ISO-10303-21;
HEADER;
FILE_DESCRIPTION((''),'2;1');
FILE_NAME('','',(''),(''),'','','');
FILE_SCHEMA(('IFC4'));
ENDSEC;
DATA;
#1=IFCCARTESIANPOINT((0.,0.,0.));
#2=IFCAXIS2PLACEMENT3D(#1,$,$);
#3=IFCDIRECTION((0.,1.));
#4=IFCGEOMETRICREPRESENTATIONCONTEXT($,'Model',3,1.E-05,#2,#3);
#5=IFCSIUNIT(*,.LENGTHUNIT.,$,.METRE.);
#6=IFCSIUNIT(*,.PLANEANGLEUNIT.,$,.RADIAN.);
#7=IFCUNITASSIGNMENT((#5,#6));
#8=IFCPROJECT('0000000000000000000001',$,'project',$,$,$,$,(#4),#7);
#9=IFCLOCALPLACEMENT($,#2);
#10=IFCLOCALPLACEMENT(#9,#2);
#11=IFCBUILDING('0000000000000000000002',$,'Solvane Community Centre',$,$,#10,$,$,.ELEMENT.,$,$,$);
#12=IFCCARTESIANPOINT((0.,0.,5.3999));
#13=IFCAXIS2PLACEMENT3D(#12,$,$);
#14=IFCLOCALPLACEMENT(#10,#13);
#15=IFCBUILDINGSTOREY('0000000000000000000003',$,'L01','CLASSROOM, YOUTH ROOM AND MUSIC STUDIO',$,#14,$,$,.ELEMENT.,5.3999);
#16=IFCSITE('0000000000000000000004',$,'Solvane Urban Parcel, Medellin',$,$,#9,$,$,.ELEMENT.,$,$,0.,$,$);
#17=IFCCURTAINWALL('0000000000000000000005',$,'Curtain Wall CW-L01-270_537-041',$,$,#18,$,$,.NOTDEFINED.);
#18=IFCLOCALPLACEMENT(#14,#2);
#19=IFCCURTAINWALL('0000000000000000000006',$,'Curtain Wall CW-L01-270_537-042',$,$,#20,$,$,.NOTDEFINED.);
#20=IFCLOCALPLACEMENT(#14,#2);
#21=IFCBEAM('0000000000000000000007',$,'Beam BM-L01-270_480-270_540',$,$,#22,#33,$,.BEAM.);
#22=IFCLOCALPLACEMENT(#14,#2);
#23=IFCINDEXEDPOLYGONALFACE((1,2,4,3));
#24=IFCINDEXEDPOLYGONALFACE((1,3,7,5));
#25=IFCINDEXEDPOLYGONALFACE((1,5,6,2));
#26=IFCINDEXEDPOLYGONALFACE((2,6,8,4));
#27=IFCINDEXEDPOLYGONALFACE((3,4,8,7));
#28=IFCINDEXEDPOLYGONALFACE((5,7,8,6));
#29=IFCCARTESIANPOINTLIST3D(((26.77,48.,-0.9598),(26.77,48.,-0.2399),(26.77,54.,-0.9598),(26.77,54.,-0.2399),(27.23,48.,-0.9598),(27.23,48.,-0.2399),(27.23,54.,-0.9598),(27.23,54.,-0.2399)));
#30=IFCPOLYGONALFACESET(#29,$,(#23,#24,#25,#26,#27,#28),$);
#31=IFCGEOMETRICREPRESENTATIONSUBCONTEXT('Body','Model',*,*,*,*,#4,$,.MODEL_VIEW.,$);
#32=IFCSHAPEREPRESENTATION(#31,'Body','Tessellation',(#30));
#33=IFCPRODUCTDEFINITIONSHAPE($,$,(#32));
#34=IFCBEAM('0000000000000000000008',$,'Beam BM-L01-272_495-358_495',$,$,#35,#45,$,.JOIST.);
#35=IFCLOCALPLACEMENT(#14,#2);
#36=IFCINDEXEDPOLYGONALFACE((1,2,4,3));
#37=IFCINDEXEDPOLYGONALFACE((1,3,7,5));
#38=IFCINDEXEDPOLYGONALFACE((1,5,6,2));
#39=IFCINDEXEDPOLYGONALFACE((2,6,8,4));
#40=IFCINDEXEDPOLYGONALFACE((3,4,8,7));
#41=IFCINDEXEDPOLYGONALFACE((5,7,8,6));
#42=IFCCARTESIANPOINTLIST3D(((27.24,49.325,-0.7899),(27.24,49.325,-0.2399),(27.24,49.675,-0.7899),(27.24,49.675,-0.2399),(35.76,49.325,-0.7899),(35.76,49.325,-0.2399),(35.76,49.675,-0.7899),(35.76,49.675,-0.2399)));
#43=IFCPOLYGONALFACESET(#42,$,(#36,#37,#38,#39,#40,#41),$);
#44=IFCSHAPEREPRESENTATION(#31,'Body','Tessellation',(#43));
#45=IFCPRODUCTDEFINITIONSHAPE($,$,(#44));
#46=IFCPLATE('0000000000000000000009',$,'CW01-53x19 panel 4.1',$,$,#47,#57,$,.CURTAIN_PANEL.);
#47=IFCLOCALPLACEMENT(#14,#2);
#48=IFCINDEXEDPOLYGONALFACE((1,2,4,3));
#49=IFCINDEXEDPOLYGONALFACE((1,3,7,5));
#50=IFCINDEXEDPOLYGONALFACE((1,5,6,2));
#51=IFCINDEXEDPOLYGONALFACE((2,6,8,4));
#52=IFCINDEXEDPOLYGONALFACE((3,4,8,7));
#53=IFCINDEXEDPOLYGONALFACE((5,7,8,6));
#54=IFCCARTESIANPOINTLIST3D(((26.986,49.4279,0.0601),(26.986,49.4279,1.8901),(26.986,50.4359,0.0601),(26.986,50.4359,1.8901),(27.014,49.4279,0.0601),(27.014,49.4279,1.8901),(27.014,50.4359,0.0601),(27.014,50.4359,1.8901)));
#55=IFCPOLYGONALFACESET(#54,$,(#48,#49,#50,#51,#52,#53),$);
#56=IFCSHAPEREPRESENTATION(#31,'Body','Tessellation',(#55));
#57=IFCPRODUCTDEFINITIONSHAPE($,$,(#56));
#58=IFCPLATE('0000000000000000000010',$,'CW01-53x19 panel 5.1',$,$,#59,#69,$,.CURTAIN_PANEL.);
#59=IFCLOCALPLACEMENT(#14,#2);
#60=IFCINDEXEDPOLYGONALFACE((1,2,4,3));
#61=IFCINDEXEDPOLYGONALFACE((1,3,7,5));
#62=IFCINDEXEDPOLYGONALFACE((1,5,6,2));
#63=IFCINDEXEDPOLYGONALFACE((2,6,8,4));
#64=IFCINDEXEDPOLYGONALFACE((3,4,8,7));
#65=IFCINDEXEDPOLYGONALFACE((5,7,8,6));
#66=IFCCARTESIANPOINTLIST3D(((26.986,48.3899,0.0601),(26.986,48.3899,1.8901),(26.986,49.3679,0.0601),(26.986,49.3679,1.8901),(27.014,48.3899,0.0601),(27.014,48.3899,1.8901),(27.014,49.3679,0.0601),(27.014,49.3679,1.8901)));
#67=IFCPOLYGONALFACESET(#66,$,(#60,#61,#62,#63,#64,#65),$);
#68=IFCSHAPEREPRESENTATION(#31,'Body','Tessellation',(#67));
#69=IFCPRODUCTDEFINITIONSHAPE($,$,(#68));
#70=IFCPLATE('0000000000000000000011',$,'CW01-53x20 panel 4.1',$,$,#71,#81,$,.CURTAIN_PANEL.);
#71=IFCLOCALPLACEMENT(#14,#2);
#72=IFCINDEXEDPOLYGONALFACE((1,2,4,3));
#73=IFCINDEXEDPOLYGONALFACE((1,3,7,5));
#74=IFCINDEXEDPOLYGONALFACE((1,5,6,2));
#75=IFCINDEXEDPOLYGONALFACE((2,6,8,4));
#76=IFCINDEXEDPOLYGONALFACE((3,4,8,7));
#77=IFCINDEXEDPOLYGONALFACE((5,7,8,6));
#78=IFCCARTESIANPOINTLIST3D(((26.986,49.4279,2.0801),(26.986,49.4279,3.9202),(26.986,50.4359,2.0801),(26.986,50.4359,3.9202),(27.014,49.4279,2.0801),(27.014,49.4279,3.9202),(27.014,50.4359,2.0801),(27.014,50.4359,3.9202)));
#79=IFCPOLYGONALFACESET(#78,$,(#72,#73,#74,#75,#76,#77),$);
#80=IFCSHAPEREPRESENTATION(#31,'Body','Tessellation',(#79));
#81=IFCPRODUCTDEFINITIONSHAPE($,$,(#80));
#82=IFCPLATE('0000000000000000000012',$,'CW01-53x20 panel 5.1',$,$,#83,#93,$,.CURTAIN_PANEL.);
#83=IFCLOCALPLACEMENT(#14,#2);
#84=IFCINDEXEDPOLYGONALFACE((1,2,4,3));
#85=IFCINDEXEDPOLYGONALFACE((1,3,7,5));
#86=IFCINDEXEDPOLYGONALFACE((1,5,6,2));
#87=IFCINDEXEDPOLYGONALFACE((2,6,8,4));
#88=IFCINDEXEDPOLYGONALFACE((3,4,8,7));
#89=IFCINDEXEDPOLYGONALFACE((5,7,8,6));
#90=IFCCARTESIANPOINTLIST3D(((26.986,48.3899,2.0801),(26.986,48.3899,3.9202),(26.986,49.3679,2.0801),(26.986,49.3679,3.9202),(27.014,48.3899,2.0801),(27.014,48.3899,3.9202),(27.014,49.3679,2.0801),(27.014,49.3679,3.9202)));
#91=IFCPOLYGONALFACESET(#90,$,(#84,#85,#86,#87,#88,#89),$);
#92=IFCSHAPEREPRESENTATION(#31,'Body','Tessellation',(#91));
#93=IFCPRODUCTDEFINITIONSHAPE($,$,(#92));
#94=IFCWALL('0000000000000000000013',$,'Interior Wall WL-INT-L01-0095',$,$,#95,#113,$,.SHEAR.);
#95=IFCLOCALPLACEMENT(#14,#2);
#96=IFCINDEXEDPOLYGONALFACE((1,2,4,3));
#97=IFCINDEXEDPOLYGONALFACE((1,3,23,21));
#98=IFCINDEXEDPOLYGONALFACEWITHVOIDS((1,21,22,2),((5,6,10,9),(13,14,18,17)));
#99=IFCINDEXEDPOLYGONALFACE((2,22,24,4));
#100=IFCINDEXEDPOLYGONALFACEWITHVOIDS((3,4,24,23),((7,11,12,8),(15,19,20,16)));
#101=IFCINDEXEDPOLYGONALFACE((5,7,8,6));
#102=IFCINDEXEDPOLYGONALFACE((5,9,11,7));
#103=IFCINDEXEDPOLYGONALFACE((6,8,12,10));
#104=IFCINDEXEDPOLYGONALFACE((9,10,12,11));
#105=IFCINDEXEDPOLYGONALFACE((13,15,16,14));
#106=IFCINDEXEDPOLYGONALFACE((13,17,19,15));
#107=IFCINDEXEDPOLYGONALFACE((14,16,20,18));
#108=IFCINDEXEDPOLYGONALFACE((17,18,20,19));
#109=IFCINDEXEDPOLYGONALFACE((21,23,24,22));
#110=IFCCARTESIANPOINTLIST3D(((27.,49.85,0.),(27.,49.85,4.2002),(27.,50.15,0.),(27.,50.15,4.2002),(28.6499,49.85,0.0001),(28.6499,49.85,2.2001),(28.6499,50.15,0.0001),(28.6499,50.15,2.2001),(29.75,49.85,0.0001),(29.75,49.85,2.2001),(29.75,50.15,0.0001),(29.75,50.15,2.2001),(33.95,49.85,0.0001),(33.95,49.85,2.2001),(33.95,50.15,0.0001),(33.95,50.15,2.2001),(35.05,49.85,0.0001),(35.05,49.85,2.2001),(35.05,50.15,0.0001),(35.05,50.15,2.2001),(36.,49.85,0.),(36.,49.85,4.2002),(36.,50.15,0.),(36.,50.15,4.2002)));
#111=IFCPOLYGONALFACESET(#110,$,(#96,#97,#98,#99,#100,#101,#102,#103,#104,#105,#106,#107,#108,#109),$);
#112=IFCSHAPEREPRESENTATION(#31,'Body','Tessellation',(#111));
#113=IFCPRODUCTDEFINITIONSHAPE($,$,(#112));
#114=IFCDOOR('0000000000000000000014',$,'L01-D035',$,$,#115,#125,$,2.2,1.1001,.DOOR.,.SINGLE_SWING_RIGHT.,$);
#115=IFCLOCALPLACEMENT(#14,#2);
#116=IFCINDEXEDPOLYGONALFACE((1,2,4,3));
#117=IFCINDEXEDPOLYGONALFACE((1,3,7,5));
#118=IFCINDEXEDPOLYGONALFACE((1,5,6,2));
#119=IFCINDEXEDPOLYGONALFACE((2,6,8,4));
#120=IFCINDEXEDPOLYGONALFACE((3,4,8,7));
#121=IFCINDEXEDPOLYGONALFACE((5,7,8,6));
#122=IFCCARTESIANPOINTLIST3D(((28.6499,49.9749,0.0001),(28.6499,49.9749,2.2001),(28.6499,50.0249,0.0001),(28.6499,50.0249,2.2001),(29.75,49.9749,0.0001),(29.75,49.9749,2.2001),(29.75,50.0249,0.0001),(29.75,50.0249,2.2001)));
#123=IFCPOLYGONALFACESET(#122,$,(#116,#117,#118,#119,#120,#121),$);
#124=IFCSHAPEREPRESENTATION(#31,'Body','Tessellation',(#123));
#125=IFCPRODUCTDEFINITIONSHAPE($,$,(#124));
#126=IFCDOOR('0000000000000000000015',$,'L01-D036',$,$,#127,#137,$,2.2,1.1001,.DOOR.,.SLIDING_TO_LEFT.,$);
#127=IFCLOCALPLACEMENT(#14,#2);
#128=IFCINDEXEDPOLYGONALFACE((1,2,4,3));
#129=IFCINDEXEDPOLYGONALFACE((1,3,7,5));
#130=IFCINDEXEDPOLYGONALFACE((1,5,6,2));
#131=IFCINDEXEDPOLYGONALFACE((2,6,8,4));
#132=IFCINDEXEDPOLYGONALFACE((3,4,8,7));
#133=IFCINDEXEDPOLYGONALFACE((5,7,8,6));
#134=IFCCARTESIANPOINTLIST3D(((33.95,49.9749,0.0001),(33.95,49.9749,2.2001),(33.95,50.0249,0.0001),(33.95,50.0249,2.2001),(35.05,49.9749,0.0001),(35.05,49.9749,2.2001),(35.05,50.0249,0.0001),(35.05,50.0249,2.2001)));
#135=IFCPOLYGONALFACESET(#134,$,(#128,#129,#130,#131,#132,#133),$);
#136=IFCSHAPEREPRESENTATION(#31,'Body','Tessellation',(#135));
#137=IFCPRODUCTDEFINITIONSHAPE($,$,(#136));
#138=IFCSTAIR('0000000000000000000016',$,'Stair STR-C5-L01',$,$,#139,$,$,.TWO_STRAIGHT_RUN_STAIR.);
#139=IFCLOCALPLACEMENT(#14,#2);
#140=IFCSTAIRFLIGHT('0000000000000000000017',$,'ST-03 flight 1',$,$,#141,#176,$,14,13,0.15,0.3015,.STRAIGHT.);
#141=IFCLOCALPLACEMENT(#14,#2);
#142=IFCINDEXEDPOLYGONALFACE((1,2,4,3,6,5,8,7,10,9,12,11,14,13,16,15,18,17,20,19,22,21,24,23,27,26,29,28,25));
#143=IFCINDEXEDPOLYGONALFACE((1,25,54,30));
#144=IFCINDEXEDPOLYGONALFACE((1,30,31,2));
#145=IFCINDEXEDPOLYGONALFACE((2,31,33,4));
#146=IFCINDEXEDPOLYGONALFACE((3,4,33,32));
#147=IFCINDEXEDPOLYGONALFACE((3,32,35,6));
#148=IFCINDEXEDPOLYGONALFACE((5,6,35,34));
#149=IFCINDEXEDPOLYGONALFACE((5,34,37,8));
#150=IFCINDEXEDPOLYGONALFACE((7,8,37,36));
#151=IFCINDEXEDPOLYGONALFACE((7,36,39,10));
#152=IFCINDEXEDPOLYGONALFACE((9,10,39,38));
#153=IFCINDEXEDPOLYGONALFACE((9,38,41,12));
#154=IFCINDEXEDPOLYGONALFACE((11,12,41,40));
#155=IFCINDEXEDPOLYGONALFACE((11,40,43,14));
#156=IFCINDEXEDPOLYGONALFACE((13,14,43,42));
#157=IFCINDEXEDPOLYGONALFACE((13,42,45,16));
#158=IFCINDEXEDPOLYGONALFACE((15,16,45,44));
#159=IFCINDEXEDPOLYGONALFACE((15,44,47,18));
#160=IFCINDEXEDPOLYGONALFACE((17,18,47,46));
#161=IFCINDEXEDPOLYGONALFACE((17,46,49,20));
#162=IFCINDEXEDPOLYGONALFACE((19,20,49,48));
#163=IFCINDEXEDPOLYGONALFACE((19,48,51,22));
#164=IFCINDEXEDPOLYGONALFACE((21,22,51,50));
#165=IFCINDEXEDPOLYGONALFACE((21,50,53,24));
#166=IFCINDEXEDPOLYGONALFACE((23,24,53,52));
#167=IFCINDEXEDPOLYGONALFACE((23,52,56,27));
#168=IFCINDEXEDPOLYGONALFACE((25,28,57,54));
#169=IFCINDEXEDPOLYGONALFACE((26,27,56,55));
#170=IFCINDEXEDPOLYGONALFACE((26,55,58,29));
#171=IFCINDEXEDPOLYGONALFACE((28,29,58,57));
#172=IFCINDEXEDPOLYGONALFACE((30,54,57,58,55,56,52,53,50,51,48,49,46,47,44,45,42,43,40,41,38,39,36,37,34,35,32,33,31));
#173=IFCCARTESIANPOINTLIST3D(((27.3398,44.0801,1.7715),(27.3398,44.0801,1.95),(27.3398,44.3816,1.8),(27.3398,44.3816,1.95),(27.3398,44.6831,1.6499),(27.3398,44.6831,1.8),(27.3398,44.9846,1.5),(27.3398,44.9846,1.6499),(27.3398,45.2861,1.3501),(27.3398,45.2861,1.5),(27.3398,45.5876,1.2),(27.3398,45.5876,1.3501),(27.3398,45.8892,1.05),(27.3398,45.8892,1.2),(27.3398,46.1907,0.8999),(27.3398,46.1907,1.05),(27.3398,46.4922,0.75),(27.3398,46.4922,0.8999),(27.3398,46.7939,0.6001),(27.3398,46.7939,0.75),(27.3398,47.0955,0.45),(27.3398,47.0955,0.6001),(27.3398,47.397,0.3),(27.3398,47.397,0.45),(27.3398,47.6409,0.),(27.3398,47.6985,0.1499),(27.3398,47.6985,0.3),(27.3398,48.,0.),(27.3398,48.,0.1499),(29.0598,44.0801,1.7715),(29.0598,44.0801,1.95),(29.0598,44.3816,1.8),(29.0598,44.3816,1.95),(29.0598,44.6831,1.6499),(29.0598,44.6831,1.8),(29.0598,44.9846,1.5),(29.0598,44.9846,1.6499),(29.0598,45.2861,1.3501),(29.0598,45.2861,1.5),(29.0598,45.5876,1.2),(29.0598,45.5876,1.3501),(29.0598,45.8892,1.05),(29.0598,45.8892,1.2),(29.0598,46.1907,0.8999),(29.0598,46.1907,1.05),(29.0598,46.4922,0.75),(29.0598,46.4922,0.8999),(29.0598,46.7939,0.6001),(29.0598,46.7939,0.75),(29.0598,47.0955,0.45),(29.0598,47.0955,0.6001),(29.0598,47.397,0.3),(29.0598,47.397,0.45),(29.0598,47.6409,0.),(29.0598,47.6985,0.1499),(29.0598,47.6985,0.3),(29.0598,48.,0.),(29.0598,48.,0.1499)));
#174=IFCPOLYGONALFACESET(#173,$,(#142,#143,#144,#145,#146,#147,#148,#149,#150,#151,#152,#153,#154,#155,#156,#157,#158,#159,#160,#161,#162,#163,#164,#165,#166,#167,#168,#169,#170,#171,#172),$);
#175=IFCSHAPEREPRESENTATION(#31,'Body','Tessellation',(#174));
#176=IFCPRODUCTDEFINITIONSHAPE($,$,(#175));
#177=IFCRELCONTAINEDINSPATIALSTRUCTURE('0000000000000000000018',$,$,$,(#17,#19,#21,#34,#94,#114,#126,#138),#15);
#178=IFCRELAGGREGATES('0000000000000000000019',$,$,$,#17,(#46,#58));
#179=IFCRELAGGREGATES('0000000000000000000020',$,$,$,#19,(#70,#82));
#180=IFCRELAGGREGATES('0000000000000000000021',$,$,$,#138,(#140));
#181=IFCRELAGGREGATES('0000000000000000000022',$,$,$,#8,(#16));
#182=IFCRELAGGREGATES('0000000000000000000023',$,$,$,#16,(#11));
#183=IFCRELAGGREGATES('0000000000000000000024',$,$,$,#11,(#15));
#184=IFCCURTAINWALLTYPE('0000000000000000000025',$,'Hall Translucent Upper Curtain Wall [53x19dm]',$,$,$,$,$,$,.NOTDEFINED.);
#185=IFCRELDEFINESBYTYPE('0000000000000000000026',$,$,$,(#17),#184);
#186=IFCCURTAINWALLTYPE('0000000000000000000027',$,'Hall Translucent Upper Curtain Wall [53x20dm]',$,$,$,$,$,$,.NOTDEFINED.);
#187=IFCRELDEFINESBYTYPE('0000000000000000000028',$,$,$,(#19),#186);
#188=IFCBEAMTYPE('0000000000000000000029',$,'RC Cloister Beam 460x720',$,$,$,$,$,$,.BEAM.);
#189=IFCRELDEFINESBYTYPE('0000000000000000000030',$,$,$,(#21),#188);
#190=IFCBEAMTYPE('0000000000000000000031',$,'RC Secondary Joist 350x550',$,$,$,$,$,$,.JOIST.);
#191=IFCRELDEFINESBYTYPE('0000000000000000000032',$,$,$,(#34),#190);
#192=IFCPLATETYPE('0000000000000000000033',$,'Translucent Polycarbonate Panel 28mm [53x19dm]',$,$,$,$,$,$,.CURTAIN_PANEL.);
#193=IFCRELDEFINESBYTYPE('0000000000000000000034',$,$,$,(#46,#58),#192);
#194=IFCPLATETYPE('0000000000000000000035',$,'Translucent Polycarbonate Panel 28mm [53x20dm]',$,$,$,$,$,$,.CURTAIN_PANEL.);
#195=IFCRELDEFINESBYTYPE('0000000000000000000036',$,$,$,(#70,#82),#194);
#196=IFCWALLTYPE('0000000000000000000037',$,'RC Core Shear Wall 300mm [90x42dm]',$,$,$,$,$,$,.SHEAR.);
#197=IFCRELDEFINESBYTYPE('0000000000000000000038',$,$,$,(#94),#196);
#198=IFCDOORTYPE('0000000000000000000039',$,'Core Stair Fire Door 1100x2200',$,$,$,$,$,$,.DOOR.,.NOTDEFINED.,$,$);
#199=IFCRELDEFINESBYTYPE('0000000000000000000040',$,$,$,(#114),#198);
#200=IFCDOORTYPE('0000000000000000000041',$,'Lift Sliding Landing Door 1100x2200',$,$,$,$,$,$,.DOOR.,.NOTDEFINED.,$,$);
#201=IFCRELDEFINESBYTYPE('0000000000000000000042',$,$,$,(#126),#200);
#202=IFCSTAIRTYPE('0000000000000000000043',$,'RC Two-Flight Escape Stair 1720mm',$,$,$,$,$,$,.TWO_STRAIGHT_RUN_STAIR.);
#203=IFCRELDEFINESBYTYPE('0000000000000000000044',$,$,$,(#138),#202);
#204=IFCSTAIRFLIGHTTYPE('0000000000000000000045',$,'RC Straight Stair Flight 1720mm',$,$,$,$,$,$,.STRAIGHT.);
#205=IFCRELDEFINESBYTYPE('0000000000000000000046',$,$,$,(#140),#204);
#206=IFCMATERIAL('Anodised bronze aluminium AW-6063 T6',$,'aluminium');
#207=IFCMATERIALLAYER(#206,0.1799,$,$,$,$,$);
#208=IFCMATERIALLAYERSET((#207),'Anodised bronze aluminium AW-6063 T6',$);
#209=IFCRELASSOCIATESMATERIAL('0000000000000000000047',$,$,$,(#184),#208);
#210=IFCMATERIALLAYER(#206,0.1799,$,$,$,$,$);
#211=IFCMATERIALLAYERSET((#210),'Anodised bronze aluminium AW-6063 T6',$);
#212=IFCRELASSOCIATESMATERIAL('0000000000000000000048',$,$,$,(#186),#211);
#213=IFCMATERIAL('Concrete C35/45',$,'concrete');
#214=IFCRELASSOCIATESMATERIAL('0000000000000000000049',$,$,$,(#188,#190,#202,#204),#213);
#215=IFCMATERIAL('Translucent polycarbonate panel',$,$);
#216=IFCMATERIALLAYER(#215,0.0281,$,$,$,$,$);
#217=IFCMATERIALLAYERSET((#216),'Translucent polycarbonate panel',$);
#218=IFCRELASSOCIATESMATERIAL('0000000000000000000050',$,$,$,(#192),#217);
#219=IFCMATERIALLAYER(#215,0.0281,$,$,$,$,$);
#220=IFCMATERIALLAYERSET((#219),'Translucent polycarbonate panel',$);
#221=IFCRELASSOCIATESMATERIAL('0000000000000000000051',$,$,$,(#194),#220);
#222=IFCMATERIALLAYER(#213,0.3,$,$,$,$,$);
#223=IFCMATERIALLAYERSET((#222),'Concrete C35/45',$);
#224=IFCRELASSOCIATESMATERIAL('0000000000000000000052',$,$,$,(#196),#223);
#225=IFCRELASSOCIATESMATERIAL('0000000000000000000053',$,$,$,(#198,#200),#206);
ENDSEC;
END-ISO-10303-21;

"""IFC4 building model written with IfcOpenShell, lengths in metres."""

from ifc_helpers import new_model, si_unit, direction, frame, frame_2d, origin, origin_2d, place, context, subcontext, project, spatial, polyline, rectangle, outline, extrude, material, layer, layer_set, material_profile, profile_set, type_object, element, fill, aggregate, save


model = new_model("IFC4")

# Units and contexts
model_context = context("Model", 3, precision=1e-05, world=origin(), true_north=direction((0.0, 1.0)))
body_context = subcontext(model_context, "Body", "Model", "MODEL_VIEW")
ifc_project = project(units=[si_unit("LENGTHUNIT", "METRE"), si_unit("PLANEANGLEUNIT", "RADIAN")], contexts=[model_context])

# Site, building, storey
site_placement = place(None, origin())
site = spatial("IfcSite", under=ifc_project, at=site_placement, Name="Solvane Urban Parcel, Medellin", CompositionType="ELEMENT", RefElevation=0.0)
building_placement = place(site_placement, origin())
building = spatial("IfcBuilding", under=site, at=building_placement, Name="Solvane Community Centre", CompositionType="ELEMENT")
storey_placement = place(building_placement, frame((0.0, 0.0, 5.3999)))
storey = spatial("IfcBuildingStorey", under=building, at=storey_placement, Name="L01", Description="CLASSROOM, YOUTH ROOM AND MUSIC STUDIO", CompositionType="ELEMENT", Elevation=5.3999)

# Curtain walls
ifc_material_1 = material(Name="Anodised bronze aluminium AW-6063 T6", Category="aluminium")
ifc_layer_1 = layer(ifc_material_1, 0.1799)
ifc_layer_set_1 = layer_set([ifc_layer_1], Name="Anodised bronze aluminium AW-6063 T6")
curtain_wall_type_1 = type_object("IfcCurtainWallType", Name="Hall Translucent Upper Curtain Wall [53x19dm]", PredefinedType="NOTDEFINED", material=ifc_layer_set_1)
curtain_wall_1_placement = place(storey_placement, origin())
curtain_wall_1 = element("IfcCurtainWall", 1, at=curtain_wall_1_placement, inside=storey, type_object=curtain_wall_type_1, Name="Curtain Wall CW-L01-270_537-041", PredefinedType="NOTDEFINED")
ifc_layer_2 = layer(ifc_material_1, 0.1799)
ifc_layer_set_2 = layer_set([ifc_layer_2], Name="Anodised bronze aluminium AW-6063 T6")
curtain_wall_type_2 = type_object("IfcCurtainWallType", Name="Hall Translucent Upper Curtain Wall [53x20dm]", PredefinedType="NOTDEFINED", material=ifc_layer_set_2)
curtain_wall_2_placement = place(storey_placement, origin())
curtain_wall_2 = element("IfcCurtainWall", 2, at=curtain_wall_2_placement, inside=storey, type_object=curtain_wall_type_2, Name="Curtain Wall CW-L01-270_537-042", PredefinedType="NOTDEFINED")

# Beams
ifc_material_2 = material(Name="Concrete C35/45", Category="concrete")
ifc_material_profile_1 = material_profile(ifc_material_2, rectangle(XDim=0.46, YDim=0.72, at=origin_2d()), Name="RC 460x720")
ifc_profile_set_1 = profile_set([ifc_material_profile_1], Name="Concrete C35/45")
beam_type_1 = type_object("IfcBeamType", Name="RC Cloister Beam 460x720", PredefinedType="BEAM", material=ifc_profile_set_1)
beam_1_placement = place(storey_placement, frame((27.0, 48.0, -0.5999), z_axis=(0.0, 1.0, 0.0), x_axis=(-1.0, 0.0, 0.0)))
element("IfcBeam", 3, at=beam_1_placement, inside=storey, type_object=beam_type_1, Name="Beam BM-L01-270_480-270_540", PredefinedType="BEAM", context=body_context, shape_type="SweptSolid", body=[
    extrude(rectangle(XDim=0.46, YDim=0.72, at=origin_2d()), origin(), (0.0, 0.0, 1.0), 6.0),
])
ifc_material_profile_2 = material_profile(ifc_material_2, rectangle(XDim=0.3501, YDim=0.55, at=origin_2d()), Name="RC 350x550")
ifc_profile_set_2 = profile_set([ifc_material_profile_2], Name="Concrete C35/45")
beam_type_2 = type_object("IfcBeamType", Name="RC Secondary Joist 350x550", PredefinedType="JOIST", material=ifc_profile_set_2)
beam_2_placement = place(storey_placement, frame((27.24, 49.5, -0.5149), z_axis=(1.0, 0.0, 0.0), x_axis=(0.0, 1.0, 0.0)))
element("IfcBeam", 4, at=beam_2_placement, inside=storey, type_object=beam_type_2, Name="Beam BM-L01-272_495-358_495", PredefinedType="JOIST", context=body_context, shape_type="SweptSolid", body=[
    extrude(rectangle(XDim=0.3501, YDim=0.55, at=origin_2d()), origin(), (0.0, 0.0, 1.0), 8.52),
])

# Plates
ifc_material_3 = material(Name="Translucent polycarbonate panel")
ifc_layer_3 = layer(ifc_material_3, 0.0281)
ifc_layer_set_3 = layer_set([ifc_layer_3], Name="Translucent polycarbonate panel")
plate_type_1 = type_object("IfcPlateType", Name="Translucent Polycarbonate Panel 28mm [53x19dm]", PredefinedType="CURTAIN_PANEL", material=ifc_layer_set_3)
plate_1_placement = place(storey_placement, frame((27.0, 49.9319, 0.0601), z_axis=(0.0, 0.0, 1.0), x_axis=(0.0, -1.0, 0.0)))
plate_1 = element("IfcPlate", 5, at=plate_1_placement, type_object=plate_type_1, Name="CW01-53x19 panel 4.1", PredefinedType="CURTAIN_PANEL", context=body_context, shape_type="SweptSolid", body=[
    extrude(rectangle(XDim=1.0081, YDim=0.0281, at=origin_2d()), origin(), (0.0, 0.0, 1.0), 1.8301),
])
plate_2_placement = place(storey_placement, frame((27.0, 48.8789, 0.0601), z_axis=(0.0, 0.0, 1.0), x_axis=(0.0, -1.0, 0.0)))
plate_2 = element("IfcPlate", 6, at=plate_2_placement, type_object=plate_type_1, Name="CW01-53x19 panel 5.1", PredefinedType="CURTAIN_PANEL", context=body_context, shape_type="SweptSolid", body=[
    extrude(rectangle(XDim=0.978, YDim=0.0281, at=origin_2d()), origin(), (0.0, 0.0, 1.0), 1.8301),
])
aggregate(curtain_wall_1, [plate_1, plate_2])
ifc_layer_4 = layer(ifc_material_3, 0.0281)
ifc_layer_set_4 = layer_set([ifc_layer_4], Name="Translucent polycarbonate panel")
plate_type_2 = type_object("IfcPlateType", Name="Translucent Polycarbonate Panel 28mm [53x20dm]", PredefinedType="CURTAIN_PANEL", material=ifc_layer_set_4)
plate_3_placement = place(storey_placement, frame((27.0, 49.9319, 2.0801), z_axis=(0.0, 0.0, 1.0), x_axis=(0.0, -1.0, 0.0)))
plate_3 = element("IfcPlate", 7, at=plate_3_placement, type_object=plate_type_2, Name="CW01-53x20 panel 4.1", PredefinedType="CURTAIN_PANEL", context=body_context, shape_type="SweptSolid", body=[
    extrude(rectangle(XDim=1.0081, YDim=0.0281, at=origin_2d()), origin(), (0.0, 0.0, 1.0), 1.8401),
])
plate_4_placement = place(storey_placement, frame((27.0, 48.8789, 2.0801), z_axis=(0.0, 0.0, 1.0), x_axis=(0.0, -1.0, 0.0)))
plate_4 = element("IfcPlate", 8, at=plate_4_placement, type_object=plate_type_2, Name="CW01-53x20 panel 5.1", PredefinedType="CURTAIN_PANEL", context=body_context, shape_type="SweptSolid", body=[
    extrude(rectangle(XDim=0.978, YDim=0.0281, at=origin_2d()), origin(), (0.0, 0.0, 1.0), 1.8401),
])
aggregate(curtain_wall_2, [plate_3, plate_4])

# Wall, openings, doors
ifc_layer_5 = layer(ifc_material_2, 0.3)
ifc_layer_set_5 = layer_set([ifc_layer_5], Name="Concrete C35/45")
wall_type = type_object("IfcWallType", Name="RC Core Shear Wall 300mm [90x42dm]", PredefinedType="SHEAR", material=ifc_layer_set_5)
wall_placement = place(storey_placement, frame((27.0, 50.0, 0.0), z_axis=(0.0, 0.0, 1.0), x_axis=(1.0, 0.0, 0.0)))
wall = element("IfcWall", 9, at=wall_placement, inside=storey, type_object=wall_type, Name="Interior Wall WL-INT-L01-0095", PredefinedType="SHEAR", context=body_context, shape_type="SweptSolid", body=[
    extrude(rectangle(XDim=9.0, YDim=0.3, at=frame_2d((4.5, 0.0))), origin(), (0.0, 0.0, 1.0), 4.2002),
])
opening_1_placement = place(wall_placement, frame((1.6499, 0.0, 0.0)))
opening_1 = element("IfcOpeningElement", 10, at=opening_1_placement, cuts=wall, PredefinedType="OPENING", context=body_context, shape_type="SweptSolid", body=[
    extrude(rectangle(XDim=1.1001, YDim=2.2, at=frame_2d((0.55, 1.1001))), frame((0.0, 0.1599, 0.0), z_axis=(0.0, -1.0, 0.0), x_axis=(1.0, 0.0, 0.0)), (0.0, 0.0, 1.0), 0.3201),
])
opening_2_placement = place(wall_placement, frame((6.95, 0.0, 0.0)))
opening_2 = element("IfcOpeningElement", 11, at=opening_2_placement, cuts=wall, PredefinedType="OPENING", context=body_context, shape_type="SweptSolid", body=[
    extrude(rectangle(XDim=1.1001, YDim=2.2, at=frame_2d((0.55, 1.1001))), frame((0.0, 0.1599, 0.0), z_axis=(0.0, -1.0, 0.0), x_axis=(1.0, 0.0, 0.0)), (0.0, 0.0, 1.0), 0.3201),
])
door_type_1 = type_object("IfcDoorType", Name="Core Stair Fire Door 1100x2200", OperationType="NOTDEFINED", PredefinedType="DOOR", material=ifc_material_1)
door_1_placement = place(opening_1_placement, origin())
door_1 = element("IfcDoor", 12, at=door_1_placement, inside=storey, type_object=door_type_1, Name="L01-D035", OperationType="SINGLE_SWING_RIGHT", OverallHeight=2.2, OverallWidth=1.1001, PredefinedType="DOOR", context=body_context, shape_type="SweptSolid", body=[
    extrude(rectangle(XDim=1.1001, YDim=2.2, at=frame_2d((0.55, 1.1001))), frame((0.0, 0.0249, 0.0), z_axis=(0.0, -1.0, 0.0), x_axis=(1.0, 0.0, 0.0)), (0.0, 0.0, 1.0), 0.05),
])
fill(opening_1, door_1)
door_type_2 = type_object("IfcDoorType", Name="Lift Sliding Landing Door 1100x2200", OperationType="NOTDEFINED", PredefinedType="DOOR", material=ifc_material_1)
door_2_placement = place(opening_2_placement, origin())
door_2 = element("IfcDoor", 13, at=door_2_placement, inside=storey, type_object=door_type_2, Name="L01-D036", OperationType="SLIDING_TO_LEFT", OverallHeight=2.2, OverallWidth=1.1001, PredefinedType="DOOR", context=body_context, shape_type="SweptSolid", body=[
    extrude(rectangle(XDim=1.1001, YDim=2.2, at=frame_2d((0.55, 1.1001))), frame((0.0, 0.0249, 0.0), z_axis=(0.0, -1.0, 0.0), x_axis=(1.0, 0.0, 0.0)), (0.0, 0.0, 1.0), 0.05),
])
fill(opening_2, door_2)

# Stair, stair flight
stair_type = type_object("IfcStairType", Name="RC Two-Flight Escape Stair 1720mm", PredefinedType="TWO_STRAIGHT_RUN_STAIR", material=ifc_material_2)
stair_placement = place(storey_placement, origin())
stair = element("IfcStair", 14, at=stair_placement, inside=storey, type_object=stair_type, Name="Stair STR-C5-L01", PredefinedType="TWO_STRAIGHT_RUN_STAIR")
stair_flight_type = type_object("IfcStairFlightType", Name="RC Straight Stair Flight 1720mm", PredefinedType="STRAIGHT", material=ifc_material_2)
stair_flight_placement = place(storey_placement, frame((28.2, 48.0, 0.0), z_axis=(0.0, 0.0, 1.0), x_axis=(0.0, -1.0, 0.0)))
stair_flight = element("IfcStairFlight", 15, at=stair_flight_placement, type_object=stair_flight_type, Name="ST-03 flight 1", NumberOfRisers=14, NumberOfTreads=13, PredefinedType="STRAIGHT", RiserHeight=0.15, TreadLength=0.3015, context=body_context, shape_type="SweptSolid", body=[
    extrude(outline(polyline([(0.0, 0.0), (0.0, 0.1499), (0.3015, 0.1499), (0.3015, 0.3), (0.603, 0.3), (0.603, 0.45), (0.9045, 0.45), (0.9045, 0.6001), (1.2061, 0.6001), (1.2061, 0.75), (1.5078, 0.75), (1.5078, 0.8999), (1.8093, 0.8999), (1.8093, 1.05), (2.1108, 1.05), (2.1108, 1.2), (2.4124, 1.2), (2.4124, 1.3501), (2.7139, 1.3501), (2.7139, 1.5), (3.0154, 1.5), (3.0154, 1.6499), (3.3169, 1.6499), (3.3169, 1.8), (3.6184, 1.8), (3.6184, 1.95), (3.9199, 1.95), (3.9199, 2.1001), (3.9199, 1.7715), (0.3591, 0.0), (0.0, 0.0)])), frame((0.0, 0.8599, 0.0), z_axis=(0.0, -1.0, 0.0), x_axis=(1.0, 0.0, 0.0)), (0.0, 0.0, 1.0), 1.72),
])
aggregate(stair, [stair_flight])

save(model, "model.ifc")
